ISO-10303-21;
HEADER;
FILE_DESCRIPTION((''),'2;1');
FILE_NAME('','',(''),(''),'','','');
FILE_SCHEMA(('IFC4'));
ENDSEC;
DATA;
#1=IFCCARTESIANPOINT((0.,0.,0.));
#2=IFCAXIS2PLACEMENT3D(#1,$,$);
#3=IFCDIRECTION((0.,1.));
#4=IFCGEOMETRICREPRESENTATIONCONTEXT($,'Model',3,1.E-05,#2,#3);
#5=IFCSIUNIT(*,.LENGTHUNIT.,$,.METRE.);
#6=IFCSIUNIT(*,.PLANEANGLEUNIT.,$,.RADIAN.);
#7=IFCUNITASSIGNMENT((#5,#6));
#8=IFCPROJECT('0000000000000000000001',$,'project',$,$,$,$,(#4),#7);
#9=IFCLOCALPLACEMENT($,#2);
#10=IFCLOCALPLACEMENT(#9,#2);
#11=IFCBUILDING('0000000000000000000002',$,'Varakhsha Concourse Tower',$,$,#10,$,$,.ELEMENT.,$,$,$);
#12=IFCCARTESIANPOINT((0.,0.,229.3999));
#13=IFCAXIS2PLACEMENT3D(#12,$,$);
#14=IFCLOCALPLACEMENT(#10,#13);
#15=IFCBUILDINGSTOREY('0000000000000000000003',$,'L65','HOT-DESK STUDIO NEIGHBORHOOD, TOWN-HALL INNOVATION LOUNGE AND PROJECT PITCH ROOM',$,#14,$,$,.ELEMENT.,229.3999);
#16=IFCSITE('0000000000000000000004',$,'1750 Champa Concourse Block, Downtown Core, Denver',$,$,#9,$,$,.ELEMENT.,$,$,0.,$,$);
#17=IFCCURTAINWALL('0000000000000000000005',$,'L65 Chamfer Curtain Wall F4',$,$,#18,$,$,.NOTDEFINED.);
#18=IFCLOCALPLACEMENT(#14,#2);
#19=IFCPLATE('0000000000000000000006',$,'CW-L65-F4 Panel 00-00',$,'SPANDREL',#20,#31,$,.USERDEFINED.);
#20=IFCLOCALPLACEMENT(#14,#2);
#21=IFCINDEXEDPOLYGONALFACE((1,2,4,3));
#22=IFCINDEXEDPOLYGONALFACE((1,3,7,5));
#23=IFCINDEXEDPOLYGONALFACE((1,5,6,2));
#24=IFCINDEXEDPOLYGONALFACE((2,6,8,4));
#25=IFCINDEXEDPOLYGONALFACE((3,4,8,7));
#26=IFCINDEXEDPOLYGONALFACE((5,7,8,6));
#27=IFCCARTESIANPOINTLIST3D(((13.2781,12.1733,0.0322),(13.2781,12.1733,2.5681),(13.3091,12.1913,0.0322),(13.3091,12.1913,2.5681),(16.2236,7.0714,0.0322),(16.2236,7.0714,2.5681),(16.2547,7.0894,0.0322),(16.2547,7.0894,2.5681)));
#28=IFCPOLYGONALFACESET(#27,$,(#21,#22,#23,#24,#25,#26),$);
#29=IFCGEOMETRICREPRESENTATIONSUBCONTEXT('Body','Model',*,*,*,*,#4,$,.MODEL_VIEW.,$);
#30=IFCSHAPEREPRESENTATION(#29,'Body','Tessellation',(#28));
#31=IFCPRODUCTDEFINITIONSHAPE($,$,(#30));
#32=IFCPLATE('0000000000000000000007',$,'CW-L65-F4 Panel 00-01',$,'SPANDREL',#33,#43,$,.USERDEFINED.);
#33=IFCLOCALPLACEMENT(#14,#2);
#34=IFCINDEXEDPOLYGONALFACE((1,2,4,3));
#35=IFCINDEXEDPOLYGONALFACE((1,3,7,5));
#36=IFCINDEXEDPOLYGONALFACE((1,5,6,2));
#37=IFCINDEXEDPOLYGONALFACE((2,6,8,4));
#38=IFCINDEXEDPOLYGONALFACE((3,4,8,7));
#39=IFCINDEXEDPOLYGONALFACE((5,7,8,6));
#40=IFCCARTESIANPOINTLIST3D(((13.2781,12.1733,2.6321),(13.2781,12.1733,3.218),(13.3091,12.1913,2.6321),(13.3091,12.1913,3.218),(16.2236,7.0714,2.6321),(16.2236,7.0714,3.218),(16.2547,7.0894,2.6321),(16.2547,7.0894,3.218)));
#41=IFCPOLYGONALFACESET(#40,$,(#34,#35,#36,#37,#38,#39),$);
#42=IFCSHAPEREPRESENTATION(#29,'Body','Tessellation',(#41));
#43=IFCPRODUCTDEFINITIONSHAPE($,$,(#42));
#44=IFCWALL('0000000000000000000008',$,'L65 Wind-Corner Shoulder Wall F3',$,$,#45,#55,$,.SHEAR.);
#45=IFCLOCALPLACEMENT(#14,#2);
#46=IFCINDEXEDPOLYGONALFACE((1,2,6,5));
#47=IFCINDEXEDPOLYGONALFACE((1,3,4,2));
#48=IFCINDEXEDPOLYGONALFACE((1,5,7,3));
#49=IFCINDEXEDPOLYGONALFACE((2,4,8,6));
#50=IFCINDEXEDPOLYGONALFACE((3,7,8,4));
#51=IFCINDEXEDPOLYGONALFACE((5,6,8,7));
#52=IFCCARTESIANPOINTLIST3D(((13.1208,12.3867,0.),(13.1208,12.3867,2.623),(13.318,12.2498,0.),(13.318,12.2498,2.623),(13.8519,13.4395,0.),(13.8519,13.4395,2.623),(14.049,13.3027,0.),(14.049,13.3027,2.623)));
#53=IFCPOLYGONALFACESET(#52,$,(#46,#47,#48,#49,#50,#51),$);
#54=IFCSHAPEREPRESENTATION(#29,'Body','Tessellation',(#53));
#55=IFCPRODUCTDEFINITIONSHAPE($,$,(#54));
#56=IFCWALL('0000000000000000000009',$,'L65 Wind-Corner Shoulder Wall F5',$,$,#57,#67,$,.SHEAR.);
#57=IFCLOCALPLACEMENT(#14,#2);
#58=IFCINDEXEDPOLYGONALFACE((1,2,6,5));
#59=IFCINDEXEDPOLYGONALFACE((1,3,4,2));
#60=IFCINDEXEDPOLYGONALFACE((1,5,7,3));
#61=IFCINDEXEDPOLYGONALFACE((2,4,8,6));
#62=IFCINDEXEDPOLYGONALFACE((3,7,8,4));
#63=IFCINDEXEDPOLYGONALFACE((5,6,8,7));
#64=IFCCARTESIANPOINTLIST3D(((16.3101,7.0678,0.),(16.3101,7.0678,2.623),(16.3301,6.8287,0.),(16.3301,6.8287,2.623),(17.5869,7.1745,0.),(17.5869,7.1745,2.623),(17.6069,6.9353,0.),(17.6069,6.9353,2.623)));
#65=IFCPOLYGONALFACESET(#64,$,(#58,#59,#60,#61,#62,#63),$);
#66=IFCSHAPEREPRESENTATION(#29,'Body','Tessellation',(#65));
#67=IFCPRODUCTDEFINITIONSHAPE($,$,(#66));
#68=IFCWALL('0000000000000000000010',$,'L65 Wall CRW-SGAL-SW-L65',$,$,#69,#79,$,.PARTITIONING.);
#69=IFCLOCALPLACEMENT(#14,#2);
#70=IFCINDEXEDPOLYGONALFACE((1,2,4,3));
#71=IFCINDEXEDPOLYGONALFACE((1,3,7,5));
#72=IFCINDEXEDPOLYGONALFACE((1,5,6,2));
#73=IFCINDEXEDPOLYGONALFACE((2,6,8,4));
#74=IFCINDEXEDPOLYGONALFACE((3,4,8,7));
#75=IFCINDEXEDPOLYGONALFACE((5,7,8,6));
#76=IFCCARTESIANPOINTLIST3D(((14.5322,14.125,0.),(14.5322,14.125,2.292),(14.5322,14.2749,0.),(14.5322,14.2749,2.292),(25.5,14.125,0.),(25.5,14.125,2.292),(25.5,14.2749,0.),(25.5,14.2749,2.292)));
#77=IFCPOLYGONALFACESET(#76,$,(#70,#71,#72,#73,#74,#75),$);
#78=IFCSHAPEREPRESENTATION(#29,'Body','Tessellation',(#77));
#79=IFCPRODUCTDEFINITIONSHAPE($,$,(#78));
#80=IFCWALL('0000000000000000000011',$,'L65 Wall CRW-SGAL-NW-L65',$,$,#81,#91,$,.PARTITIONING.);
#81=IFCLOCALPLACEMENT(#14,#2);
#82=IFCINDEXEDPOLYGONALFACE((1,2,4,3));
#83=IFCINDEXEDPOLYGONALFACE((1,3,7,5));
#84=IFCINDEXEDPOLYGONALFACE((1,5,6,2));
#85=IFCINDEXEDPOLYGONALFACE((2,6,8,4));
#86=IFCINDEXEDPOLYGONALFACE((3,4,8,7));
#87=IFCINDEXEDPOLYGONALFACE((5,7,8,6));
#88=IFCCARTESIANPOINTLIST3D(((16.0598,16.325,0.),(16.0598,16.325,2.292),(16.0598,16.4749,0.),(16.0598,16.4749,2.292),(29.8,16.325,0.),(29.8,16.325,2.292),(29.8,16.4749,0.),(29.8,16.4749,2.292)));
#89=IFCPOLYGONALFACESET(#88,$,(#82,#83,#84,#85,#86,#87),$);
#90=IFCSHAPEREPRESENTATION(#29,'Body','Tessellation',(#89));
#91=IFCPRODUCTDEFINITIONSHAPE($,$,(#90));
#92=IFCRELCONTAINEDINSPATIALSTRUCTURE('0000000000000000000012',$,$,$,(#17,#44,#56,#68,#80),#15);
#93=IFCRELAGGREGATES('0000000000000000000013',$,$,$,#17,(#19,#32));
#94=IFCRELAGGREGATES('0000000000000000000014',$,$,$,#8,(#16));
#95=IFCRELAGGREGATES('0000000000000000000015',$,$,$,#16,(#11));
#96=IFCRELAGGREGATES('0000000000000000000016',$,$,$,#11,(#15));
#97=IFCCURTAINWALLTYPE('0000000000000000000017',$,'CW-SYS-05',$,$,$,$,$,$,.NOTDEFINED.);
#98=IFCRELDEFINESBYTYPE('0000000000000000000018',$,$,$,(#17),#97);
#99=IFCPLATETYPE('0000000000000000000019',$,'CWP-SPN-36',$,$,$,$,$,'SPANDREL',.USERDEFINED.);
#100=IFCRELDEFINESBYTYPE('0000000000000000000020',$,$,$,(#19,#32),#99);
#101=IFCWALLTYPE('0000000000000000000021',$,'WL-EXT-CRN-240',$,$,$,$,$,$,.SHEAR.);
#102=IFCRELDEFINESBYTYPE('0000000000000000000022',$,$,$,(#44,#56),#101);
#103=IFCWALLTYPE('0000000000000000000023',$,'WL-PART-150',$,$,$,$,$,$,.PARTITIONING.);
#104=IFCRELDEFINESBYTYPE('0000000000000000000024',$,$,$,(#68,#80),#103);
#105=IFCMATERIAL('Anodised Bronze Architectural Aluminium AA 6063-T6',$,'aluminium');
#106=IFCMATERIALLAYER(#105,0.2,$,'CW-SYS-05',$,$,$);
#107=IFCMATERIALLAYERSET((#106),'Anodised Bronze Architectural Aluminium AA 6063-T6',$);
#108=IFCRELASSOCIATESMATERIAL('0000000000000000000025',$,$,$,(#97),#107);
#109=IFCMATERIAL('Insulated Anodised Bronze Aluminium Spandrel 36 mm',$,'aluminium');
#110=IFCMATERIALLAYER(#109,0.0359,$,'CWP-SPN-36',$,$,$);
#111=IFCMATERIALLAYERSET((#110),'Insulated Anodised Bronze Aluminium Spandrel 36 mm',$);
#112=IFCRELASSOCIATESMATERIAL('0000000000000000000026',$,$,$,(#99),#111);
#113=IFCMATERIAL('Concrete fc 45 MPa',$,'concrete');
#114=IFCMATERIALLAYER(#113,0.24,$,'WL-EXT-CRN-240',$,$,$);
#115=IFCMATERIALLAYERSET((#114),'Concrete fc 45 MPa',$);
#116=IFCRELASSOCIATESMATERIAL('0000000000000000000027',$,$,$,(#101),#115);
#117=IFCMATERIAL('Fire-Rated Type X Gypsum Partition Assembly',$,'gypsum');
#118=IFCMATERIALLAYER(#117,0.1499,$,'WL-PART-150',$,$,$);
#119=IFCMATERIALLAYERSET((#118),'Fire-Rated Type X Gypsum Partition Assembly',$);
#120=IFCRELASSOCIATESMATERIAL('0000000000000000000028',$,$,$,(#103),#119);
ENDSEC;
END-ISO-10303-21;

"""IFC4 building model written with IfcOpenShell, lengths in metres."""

from ifc_helpers import new_model, si_unit, direction, frame, frame_2d, origin, origin_2d, place, context, subcontext, project, spatial, rectangle, extrude, source, transform, mapped, material, layer, layer_set, type_object, element, aggregate, save


model = new_model("IFC4")

# Units and contexts
model_context = context("Model", 3, precision=1e-05, world=origin(), true_north=direction((0.0, 1.0)))
body_context = subcontext(model_context, "Body", "Model", "MODEL_VIEW")
ifc_project = project(units=[si_unit("LENGTHUNIT", "METRE"), si_unit("PLANEANGLEUNIT", "RADIAN")], contexts=[model_context])

# Site, building, storey
site_placement = place(None, origin())
site = spatial("IfcSite", under=ifc_project, at=site_placement, Name="1750 Champa Concourse Block, Downtown Core, Denver", CompositionType="ELEMENT", RefElevation=0.0)
building_placement = place(site_placement, origin())
building = spatial("IfcBuilding", under=site, at=building_placement, Name="Varakhsha Concourse Tower", CompositionType="ELEMENT")
storey_placement = place(building_placement, frame((0.0, 0.0, 229.3999)))
storey = spatial("IfcBuildingStorey", under=building, at=storey_placement, Name="L65", Description="HOT-DESK STUDIO NEIGHBORHOOD, TOWN-HALL INNOVATION LOUNGE AND PROJECT PITCH ROOM", CompositionType="ELEMENT", Elevation=229.3999)

# Shared definitions
ifc_material_1 = material(Name="Anodised Bronze Architectural Aluminium AA 6063-T6", Category="aluminium")
ifc_layer_1 = layer(ifc_material_1, 0.2, Name="CW-SYS-05")
ifc_layer_set_1 = layer_set([ifc_layer_1], Name="Anodised Bronze Architectural Aluminium AA 6063-T6")
curtain_wall_type = type_object("IfcCurtainWallType", Name="CW-SYS-05", PredefinedType="NOTDEFINED", material=ifc_layer_set_1)

# Curtain wall
curtain_wall_1_placement = place(storey_placement, origin())
curtain_wall_1 = element("IfcCurtainWall", 1, at=curtain_wall_1_placement, inside=storey, type_object=curtain_wall_type, Name="L65 Chamfer Curtain Wall F4", PredefinedType="NOTDEFINED")

# Shared definitions
ifc_material_2 = material(Name="Concrete fc 45 MPa", Category="concrete")

# Plates
ifc_material_3 = material(Name="Insulated Anodised Bronze Aluminium Spandrel 36 mm", Category="aluminium")
ifc_layer_2 = layer(ifc_material_3, 0.0359, Name="CWP-SPN-36")
ifc_layer_set_2 = layer_set([ifc_layer_2], Name="Insulated Anodised Bronze Aluminium Spandrel 36 mm")
plate_type_1 = type_object("IfcPlateType", Name="CWP-SPN-36", ElementType="SPANDREL", PredefinedType="USERDEFINED", material=ifc_layer_set_2)
shared_shape_1 = source(origin(), body_context, "Body", "SweptSolid", [
    extrude(rectangle(XDim=5.8911, YDim=0.0359, at=origin_2d()), origin(), (0.0, 0.0, 1.0), 2.5359),
])
plate_1_placement = place(storey_placement, frame((14.7664, 9.6313, 0.0322), z_axis=(0.0, 0.0, 1.0), x_axis=(-0.499994, 0.866029, 0.0)))
plate_1 = element("IfcPlate", 2, at=plate_1_placement, type_object=plate_type_1, Name="CW-L65-F4 Panel 00-00", ObjectType="SPANDREL", PredefinedType="USERDEFINED", context=body_context, shape_type="MappedRepresentation", body=[
    mapped(shared_shape_1, transform((0.0, 0.0, 0.0), scale=1.0)),
])
shared_shape_2 = source(origin(), body_context, "Body", "SweptSolid", [
    extrude(rectangle(XDim=5.8911, YDim=0.0359, at=origin_2d()), origin(), (0.0, 0.0, 1.0), 0.5859),
])
plate_2_placement = place(storey_placement, frame((14.7664, 9.6313, 2.6321), z_axis=(0.0, 0.0, 1.0), x_axis=(-0.499994, 0.866029, 0.0)))
plate_2 = element("IfcPlate", 3, at=plate_2_placement, type_object=plate_type_1, Name="CW-L65-F4 Panel 00-01", ObjectType="SPANDREL", PredefinedType="USERDEFINED", context=body_context, shape_type="MappedRepresentation", body=[
    mapped(shared_shape_2, transform((0.0, 0.0, 0.0), scale=1.0)),
])
aggregate(curtain_wall_1, [plate_1, plate_2])

# Walls
ifc_layer_3 = layer(ifc_material_2, 0.24, Name="WL-EXT-CRN-240")
ifc_layer_set_3 = layer_set([ifc_layer_3], Name="Concrete fc 45 MPa")
wall_type_1 = type_object("IfcWallType", Name="WL-EXT-CRN-240", PredefinedType="SHEAR", material=ifc_layer_set_3)
wall_1_placement = place(storey_placement, frame((13.9504, 13.3711, 0.0), z_axis=(0.0, 0.0, 1.0), x_axis=(-0.570339, -0.82141, 0.0)))
element("IfcWall", 4, at=wall_1_placement, inside=storey, type_object=wall_type_1, Name="L65 Wind-Corner Shoulder Wall F3", PredefinedType="SHEAR", context=body_context, shape_type="SweptSolid", body=[
    extrude(rectangle(XDim=1.2817, YDim=0.24, at=frame_2d((0.6409, 0.0))), origin(), (0.0, 0.0, 1.0), 2.623),
])
wall_2_placement = place(storey_placement, frame((16.3201, 6.9482, 0.0), z_axis=(0.0, 0.0, 1.0), x_axis=(0.996527, 0.083266, 0.0)))
element("IfcWall", 5, at=wall_2_placement, inside=storey, type_object=wall_type_1, Name="L65 Wind-Corner Shoulder Wall F5", PredefinedType="SHEAR", context=body_context, shape_type="SweptSolid", body=[
    extrude(rectangle(XDim=1.2812, YDim=0.24, at=frame_2d((0.6406, 0.0))), origin(), (0.0, 0.0, 1.0), 2.623),
])
ifc_material_4 = material(Name="Fire-Rated Type X Gypsum Partition Assembly", Category="gypsum")
ifc_layer_4 = layer(ifc_material_4, 0.1499, Name="WL-PART-150")
ifc_layer_set_4 = layer_set([ifc_layer_4], Name="Fire-Rated Type X Gypsum Partition Assembly")
wall_type_2 = type_object("IfcWallType", Name="WL-PART-150", PredefinedType="PARTITIONING", material=ifc_layer_set_4)
wall_3_placement = place(storey_placement, frame((14.5322, 14.2, 0.0), z_axis=(0.0, 0.0, 1.0), x_axis=(1.0, 0.0, 0.0)))
element("IfcWall", 6, at=wall_3_placement, inside=storey, type_object=wall_type_2, Name="L65 Wall CRW-SGAL-SW-L65", PredefinedType="PARTITIONING", context=body_context, shape_type="SweptSolid", body=[
    extrude(rectangle(XDim=10.9678, YDim=0.1499, at=frame_2d((5.4839, 0.0))), origin(), (0.0, 0.0, 1.0), 2.292),
])
wall_4_placement = place(storey_placement, frame((16.0598, 16.3999, 0.0), z_axis=(0.0, 0.0, 1.0), x_axis=(1.0, 0.0, 0.0)))
element("IfcWall", 7, at=wall_4_placement, inside=storey, type_object=wall_type_2, Name="L65 Wall CRW-SGAL-NW-L65", PredefinedType="PARTITIONING", context=body_context, shape_type="SweptSolid", body=[
    extrude(rectangle(XDim=13.7402, YDim=0.1499, at=frame_2d((6.8701, 0.0))), origin(), (0.0, 0.0, 1.0), 2.292),
])

save(model, "model.ifc")
